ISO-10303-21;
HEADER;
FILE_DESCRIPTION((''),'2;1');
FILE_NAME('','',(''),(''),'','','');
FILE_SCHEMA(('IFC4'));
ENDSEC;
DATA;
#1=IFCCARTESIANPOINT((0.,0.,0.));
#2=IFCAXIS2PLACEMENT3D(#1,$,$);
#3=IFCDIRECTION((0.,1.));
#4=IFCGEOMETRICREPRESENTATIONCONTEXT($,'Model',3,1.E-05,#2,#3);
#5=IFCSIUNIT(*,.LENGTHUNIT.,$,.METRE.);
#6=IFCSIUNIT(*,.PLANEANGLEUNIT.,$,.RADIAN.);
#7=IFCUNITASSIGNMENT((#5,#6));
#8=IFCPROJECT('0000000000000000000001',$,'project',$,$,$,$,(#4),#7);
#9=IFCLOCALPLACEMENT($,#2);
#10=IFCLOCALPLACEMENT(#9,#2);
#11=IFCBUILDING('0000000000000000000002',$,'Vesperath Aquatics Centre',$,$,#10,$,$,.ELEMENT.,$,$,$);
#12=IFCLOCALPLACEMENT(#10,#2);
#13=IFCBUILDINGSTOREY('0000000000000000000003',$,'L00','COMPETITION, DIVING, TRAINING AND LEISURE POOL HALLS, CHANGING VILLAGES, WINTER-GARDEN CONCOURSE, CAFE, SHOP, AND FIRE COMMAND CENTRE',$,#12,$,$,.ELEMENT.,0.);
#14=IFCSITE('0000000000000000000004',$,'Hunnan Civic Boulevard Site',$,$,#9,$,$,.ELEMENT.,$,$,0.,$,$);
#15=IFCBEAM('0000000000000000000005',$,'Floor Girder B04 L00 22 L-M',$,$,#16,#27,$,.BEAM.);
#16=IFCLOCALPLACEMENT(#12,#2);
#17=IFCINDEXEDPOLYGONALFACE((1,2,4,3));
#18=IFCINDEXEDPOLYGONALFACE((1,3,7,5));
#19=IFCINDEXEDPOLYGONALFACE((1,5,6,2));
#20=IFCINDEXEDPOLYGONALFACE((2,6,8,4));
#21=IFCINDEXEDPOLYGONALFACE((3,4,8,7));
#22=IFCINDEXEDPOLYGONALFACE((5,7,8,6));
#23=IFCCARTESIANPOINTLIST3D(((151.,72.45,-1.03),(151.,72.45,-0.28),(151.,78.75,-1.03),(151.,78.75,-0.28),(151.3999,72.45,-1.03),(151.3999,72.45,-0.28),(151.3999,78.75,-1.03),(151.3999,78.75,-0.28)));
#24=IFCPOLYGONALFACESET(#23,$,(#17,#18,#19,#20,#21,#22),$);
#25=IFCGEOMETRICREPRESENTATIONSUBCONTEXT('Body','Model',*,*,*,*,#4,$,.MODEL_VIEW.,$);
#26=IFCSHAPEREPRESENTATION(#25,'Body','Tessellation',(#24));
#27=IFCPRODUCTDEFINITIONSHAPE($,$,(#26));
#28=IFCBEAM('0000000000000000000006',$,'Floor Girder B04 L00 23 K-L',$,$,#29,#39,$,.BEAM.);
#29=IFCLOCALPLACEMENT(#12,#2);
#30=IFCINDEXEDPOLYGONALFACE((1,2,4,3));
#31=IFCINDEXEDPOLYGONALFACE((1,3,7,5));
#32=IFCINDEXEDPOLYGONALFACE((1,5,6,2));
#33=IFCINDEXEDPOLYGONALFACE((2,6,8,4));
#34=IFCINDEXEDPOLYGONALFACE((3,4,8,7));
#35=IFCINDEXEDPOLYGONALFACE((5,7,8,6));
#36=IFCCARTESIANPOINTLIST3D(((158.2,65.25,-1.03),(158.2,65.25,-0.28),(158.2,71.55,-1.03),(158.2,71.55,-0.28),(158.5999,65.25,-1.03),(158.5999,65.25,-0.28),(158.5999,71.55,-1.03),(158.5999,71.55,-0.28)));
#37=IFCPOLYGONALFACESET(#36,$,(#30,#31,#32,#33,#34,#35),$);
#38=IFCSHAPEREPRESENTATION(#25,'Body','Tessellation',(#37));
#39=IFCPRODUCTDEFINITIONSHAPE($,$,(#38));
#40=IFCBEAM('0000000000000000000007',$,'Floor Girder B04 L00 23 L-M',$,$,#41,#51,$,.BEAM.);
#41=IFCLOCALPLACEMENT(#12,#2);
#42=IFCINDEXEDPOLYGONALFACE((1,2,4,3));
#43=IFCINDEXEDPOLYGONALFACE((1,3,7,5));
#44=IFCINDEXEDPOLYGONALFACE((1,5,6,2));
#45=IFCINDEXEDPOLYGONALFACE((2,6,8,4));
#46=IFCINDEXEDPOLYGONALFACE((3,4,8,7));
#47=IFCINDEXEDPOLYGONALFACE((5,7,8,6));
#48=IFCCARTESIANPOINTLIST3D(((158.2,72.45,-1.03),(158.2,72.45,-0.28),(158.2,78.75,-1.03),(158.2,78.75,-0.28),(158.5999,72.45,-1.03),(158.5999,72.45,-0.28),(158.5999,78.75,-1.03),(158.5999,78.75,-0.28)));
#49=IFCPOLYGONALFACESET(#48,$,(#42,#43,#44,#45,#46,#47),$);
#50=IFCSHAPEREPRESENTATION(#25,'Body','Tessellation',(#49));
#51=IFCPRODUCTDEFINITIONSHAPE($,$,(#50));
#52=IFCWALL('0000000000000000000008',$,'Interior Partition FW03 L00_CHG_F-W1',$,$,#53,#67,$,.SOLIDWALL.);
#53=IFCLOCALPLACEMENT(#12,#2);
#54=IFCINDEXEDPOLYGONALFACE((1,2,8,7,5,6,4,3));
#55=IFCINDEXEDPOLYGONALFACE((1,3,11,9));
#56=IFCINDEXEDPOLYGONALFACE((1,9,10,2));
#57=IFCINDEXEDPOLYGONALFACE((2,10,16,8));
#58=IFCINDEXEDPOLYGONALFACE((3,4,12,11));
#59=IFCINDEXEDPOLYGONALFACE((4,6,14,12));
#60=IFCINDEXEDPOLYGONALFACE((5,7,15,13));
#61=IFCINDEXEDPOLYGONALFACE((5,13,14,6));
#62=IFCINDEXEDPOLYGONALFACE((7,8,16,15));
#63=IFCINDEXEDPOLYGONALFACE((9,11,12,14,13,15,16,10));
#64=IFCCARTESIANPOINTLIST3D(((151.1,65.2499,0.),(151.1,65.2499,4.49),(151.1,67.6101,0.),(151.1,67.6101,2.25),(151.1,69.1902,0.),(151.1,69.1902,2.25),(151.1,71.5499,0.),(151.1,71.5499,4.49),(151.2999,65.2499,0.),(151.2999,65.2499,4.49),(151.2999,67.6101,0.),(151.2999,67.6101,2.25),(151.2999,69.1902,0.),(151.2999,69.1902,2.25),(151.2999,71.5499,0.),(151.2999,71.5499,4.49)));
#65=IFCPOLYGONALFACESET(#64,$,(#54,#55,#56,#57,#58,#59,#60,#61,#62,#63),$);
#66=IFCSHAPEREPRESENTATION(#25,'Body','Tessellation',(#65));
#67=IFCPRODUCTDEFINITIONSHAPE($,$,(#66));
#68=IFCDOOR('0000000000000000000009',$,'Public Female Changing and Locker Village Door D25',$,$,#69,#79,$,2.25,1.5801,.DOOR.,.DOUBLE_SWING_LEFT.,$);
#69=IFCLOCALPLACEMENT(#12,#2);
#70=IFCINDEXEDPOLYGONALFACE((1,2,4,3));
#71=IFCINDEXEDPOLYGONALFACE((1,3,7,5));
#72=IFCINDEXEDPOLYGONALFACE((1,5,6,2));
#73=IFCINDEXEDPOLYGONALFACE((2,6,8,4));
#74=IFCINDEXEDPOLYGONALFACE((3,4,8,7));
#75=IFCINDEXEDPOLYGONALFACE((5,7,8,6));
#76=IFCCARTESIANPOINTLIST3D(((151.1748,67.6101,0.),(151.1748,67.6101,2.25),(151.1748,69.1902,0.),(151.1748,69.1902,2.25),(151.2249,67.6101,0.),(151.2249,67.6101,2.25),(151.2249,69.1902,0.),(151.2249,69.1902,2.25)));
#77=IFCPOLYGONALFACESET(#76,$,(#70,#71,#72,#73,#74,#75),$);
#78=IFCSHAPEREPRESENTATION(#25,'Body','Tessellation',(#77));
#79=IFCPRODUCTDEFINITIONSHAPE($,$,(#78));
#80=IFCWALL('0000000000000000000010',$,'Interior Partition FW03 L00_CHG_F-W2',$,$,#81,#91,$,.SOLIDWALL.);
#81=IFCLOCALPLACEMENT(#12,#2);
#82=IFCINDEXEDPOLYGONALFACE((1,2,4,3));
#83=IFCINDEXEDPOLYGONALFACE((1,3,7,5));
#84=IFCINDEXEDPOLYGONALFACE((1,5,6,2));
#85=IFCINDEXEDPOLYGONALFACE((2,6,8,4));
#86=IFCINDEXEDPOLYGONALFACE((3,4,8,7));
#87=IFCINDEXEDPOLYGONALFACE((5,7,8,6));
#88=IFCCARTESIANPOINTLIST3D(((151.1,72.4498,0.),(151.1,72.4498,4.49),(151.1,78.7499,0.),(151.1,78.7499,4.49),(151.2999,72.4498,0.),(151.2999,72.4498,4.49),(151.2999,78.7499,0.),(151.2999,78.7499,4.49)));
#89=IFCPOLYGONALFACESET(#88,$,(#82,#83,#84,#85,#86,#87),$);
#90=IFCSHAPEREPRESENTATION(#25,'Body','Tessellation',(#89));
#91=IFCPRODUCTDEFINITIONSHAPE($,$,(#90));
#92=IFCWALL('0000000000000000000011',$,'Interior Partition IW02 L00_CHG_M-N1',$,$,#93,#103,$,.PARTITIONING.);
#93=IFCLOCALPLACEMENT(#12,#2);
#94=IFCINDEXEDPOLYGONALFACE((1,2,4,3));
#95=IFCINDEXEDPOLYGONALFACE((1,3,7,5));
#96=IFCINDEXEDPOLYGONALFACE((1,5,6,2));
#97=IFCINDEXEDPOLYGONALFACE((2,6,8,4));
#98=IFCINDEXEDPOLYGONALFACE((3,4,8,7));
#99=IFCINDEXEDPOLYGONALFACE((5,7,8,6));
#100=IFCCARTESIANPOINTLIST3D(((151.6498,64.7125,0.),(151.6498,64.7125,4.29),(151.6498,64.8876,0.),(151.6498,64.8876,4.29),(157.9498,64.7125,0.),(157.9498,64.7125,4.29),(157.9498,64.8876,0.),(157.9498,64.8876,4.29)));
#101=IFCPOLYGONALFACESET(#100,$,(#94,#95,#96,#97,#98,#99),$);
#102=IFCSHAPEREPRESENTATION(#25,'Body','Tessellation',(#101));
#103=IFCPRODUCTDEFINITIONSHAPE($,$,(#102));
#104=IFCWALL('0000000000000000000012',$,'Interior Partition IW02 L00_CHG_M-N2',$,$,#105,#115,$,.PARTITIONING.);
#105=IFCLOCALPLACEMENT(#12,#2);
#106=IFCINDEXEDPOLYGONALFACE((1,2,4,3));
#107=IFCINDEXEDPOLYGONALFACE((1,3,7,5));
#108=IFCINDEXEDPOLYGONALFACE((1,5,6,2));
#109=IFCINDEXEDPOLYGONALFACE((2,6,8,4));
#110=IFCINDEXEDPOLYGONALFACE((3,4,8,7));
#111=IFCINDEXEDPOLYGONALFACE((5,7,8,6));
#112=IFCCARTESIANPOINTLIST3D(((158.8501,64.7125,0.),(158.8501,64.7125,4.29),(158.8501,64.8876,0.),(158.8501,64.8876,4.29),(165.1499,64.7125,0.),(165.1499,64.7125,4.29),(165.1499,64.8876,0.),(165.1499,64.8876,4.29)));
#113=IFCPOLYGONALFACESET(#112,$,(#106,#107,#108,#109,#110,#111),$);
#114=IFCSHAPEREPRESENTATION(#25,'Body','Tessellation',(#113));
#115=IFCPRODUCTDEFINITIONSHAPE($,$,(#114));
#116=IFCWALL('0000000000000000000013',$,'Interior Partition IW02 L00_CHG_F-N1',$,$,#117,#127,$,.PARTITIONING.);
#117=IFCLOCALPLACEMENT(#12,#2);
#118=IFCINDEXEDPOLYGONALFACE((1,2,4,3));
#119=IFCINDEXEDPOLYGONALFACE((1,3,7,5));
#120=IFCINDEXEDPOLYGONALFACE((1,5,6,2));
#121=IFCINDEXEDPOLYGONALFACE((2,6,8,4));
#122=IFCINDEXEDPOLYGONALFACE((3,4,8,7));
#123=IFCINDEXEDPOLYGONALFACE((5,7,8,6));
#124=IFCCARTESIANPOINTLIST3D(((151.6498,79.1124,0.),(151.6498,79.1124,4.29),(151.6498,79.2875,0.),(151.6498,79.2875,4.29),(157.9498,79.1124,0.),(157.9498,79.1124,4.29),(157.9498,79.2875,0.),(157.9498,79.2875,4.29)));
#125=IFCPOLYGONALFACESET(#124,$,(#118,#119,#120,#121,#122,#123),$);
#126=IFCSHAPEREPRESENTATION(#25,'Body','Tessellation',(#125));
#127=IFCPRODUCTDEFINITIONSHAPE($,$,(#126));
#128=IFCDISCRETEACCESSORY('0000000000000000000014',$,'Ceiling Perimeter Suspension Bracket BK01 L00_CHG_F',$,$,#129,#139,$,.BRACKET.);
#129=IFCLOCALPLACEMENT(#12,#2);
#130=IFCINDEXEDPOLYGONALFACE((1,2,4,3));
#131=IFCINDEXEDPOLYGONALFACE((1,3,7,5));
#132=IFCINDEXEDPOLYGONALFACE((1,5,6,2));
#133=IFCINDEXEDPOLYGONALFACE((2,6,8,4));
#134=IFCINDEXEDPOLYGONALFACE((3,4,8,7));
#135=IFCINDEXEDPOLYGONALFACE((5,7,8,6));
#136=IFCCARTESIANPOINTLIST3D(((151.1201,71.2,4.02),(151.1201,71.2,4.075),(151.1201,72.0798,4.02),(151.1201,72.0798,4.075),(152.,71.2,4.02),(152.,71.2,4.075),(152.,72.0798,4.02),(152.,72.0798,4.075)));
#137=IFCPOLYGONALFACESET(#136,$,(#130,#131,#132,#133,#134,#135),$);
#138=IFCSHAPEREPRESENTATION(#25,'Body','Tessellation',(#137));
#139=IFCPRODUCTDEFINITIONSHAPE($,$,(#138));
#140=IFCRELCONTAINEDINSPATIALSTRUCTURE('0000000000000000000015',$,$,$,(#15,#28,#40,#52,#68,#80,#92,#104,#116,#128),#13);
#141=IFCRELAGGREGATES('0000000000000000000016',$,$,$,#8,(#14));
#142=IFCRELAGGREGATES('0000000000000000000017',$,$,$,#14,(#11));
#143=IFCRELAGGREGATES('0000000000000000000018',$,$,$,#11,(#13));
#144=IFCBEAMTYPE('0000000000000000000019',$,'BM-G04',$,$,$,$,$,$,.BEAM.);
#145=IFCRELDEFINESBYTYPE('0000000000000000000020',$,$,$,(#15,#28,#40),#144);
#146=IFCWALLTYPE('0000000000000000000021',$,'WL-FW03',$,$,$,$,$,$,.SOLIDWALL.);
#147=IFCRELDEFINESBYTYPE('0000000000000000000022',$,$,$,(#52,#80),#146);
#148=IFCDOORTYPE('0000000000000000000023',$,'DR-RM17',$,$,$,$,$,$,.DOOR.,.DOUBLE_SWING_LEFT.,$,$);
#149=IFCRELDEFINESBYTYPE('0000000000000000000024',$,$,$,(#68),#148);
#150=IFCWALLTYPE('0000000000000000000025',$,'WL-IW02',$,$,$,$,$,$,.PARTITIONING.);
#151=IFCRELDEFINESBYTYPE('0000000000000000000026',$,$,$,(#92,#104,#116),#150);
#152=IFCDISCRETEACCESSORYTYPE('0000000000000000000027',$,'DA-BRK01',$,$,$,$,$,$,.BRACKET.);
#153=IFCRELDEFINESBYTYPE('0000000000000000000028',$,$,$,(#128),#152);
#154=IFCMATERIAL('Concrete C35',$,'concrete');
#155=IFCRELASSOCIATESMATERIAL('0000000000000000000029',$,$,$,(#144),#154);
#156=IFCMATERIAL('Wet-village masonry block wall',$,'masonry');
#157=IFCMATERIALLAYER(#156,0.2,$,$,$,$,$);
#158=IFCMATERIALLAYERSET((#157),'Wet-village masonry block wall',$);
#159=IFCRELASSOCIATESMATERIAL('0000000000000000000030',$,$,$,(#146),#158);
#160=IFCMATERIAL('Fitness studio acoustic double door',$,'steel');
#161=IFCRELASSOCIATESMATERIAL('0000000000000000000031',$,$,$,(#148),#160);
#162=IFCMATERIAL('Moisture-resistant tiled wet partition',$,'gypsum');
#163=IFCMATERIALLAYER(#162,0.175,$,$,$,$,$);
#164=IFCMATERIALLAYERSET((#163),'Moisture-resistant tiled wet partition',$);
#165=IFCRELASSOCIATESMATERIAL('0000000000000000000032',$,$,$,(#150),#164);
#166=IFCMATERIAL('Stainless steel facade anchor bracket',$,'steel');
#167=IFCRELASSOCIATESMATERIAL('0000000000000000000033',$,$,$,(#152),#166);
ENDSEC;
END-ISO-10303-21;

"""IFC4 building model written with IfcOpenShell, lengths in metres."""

from ifc_helpers import new_model, si_unit, direction, frame, frame_2d, origin, origin_2d, place, context, subcontext, project, spatial, rectangle, extrude, material, layer, layer_set, material_profile, profile_set, type_object, element, fill, save


model = new_model("IFC4")

# Units and contexts
model_context = context("Model", 3, precision=1e-05, world=origin(), true_north=direction((0.0, 1.0)))
body_context = subcontext(model_context, "Body", "Model", "MODEL_VIEW")
ifc_project = project(units=[si_unit("LENGTHUNIT", "METRE"), si_unit("PLANEANGLEUNIT", "RADIAN")], contexts=[model_context])

# Site, building, storey
site_placement = place(None, origin())
site = spatial("IfcSite", under=ifc_project, at=site_placement, Name="Hunnan Civic Boulevard Site", CompositionType="ELEMENT", RefElevation=0.0)
building_placement = place(site_placement, origin())
building = spatial("IfcBuilding", under=site, at=building_placement, Name="Vesperath Aquatics Centre", CompositionType="ELEMENT")
storey_placement = place(building_placement, origin())
storey = spatial("IfcBuildingStorey", under=building, at=storey_placement, Name="L00", Description="COMPETITION, DIVING, TRAINING AND LEISURE POOL HALLS, CHANGING VILLAGES, WINTER-GARDEN CONCOURSE, CAFE, SHOP, AND FIRE COMMAND CENTRE", CompositionType="ELEMENT", Elevation=0.0)

# Beams
ifc_material_1 = material(Name="Concrete C35", Category="concrete")
ifc_material_profile_1 = material_profile(ifc_material_1, rectangle(XDim=0.3999, YDim=0.75, at=origin_2d()), Name="RC 400x750")
ifc_profile_set_1 = profile_set([ifc_material_profile_1], Name="Concrete C35")
beam_type_1 = type_object("IfcBeamType", Name="BM-G04", PredefinedType="BEAM", material=ifc_profile_set_1)
for number, where, z_axis, x_axis, name in (
    (1, (151.2, 72.45, -0.655), (0.0, 1.0, 0.0), (-1.0, 0.0, 0.0), "Floor Girder B04 L00 22 L-M"),
    (2, (158.3999, 65.25, -0.655), (0.0, 1.0, 0.0), (-1.0, 0.0, 0.0), "Floor Girder B04 L00 23 K-L"),
    (3, (158.3999, 72.45, -0.655), (0.0, 1.0, 0.0), (-1.0, 0.0, 0.0), "Floor Girder B04 L00 23 L-M"),
):
    element("IfcBeam", number, at=place(storey_placement, frame(where, z_axis=z_axis, x_axis=x_axis)), inside=storey, type_object=beam_type_1, Name=name, PredefinedType="BEAM", context=body_context, shape_type="SweptSolid", body=[
        extrude(rectangle(XDim=0.3999, YDim=0.75, at=origin_2d()), origin(), (0.0, 0.0, 1.0), 6.3),
    ])

# Wall, opening, door
ifc_material_2 = material(Name="Wet-village masonry block wall", Category="masonry")
ifc_layer_1 = layer(ifc_material_2, 0.2)
ifc_layer_set_1 = layer_set([ifc_layer_1], Name="Wet-village masonry block wall")
wall_type_1 = type_object("IfcWallType", Name="WL-FW03", PredefinedType="SOLIDWALL", material=ifc_layer_set_1)
wall_1_placement = place(storey_placement, frame((151.2, 65.25, 0.0), z_axis=(0.0, 0.0, 1.0), x_axis=(0.0, 1.0, 0.0)))
wall_1 = element("IfcWall", 4, at=wall_1_placement, inside=storey, type_object=wall_type_1, Name="Interior Partition FW03 L00_CHG_F-W1", PredefinedType="SOLIDWALL", context=body_context, shape_type="SweptSolid", body=[
    extrude(rectangle(XDim=6.3, YDim=0.2, at=frame_2d((3.1499, 0.0))), origin(), (0.0, 0.0, 1.0), 4.49),
])
opening_placement = place(wall_1_placement, frame((2.3601, 0.0, 0.0)))
opening = element("IfcOpeningElement", 5, at=opening_placement, cuts=wall_1, PredefinedType="OPENING", context=body_context, shape_type="SweptSolid", body=[
    extrude(rectangle(XDim=1.5801, YDim=2.25, at=frame_2d((0.79, 1.125))), frame((0.0, 0.1147, 0.0), z_axis=(0.0, -1.0, 0.0), x_axis=(1.0, 0.0, 0.0)), (0.0, 0.0, 1.0), 0.2297),
])
ifc_material_3 = material(Name="Fitness studio acoustic double door", Category="steel")
door_type = type_object("IfcDoorType", Name="DR-RM17", OperationType="DOUBLE_SWING_LEFT", PredefinedType="DOOR", material=ifc_material_3)
door_placement = place(opening_placement, frame((1.5801, 0.0, 0.0), z_axis=(0.0, 0.0, 1.0), x_axis=(-1.0, 0.0, 0.0)))
door = element("IfcDoor", 6, at=door_placement, inside=storey, type_object=door_type, Name="Public Female Changing and Locker Village Door D25", OperationType="DOUBLE_SWING_LEFT", OverallHeight=2.25, OverallWidth=1.5801, PredefinedType="DOOR", context=body_context, shape_type="SweptSolid", body=[
    extrude(rectangle(XDim=1.5801, YDim=2.25, at=frame_2d((0.79, 1.125))), frame((0.0, 0.0249, 0.0), z_axis=(0.0, -1.0, 0.0), x_axis=(1.0, 0.0, 0.0)), (0.0, 0.0, 1.0), 0.05),
])
fill(opening, door)

# Walls
wall_2_placement = place(storey_placement, frame((151.2, 72.45, 0.0), z_axis=(0.0, 0.0, 1.0), x_axis=(0.0, 1.0, 0.0)))
element("IfcWall", 7, at=wall_2_placement, inside=storey, type_object=wall_type_1, Name="Interior Partition FW03 L00_CHG_F-W2", PredefinedType="SOLIDWALL", context=body_context, shape_type="SweptSolid", body=[
    extrude(rectangle(XDim=6.3, YDim=0.2, at=frame_2d((3.1499, 0.0))), origin(), (0.0, 0.0, 1.0), 4.49),
])
ifc_material_4 = material(Name="Moisture-resistant tiled wet partition", Category="gypsum")
ifc_layer_2 = layer(ifc_material_4, 0.175)
ifc_layer_set_2 = layer_set([ifc_layer_2], Name="Moisture-resistant tiled wet partition")
wall_type_2 = type_object("IfcWallType", Name="WL-IW02", PredefinedType="PARTITIONING", material=ifc_layer_set_2)
wall_3_placement = place(storey_placement, frame((151.6499, 64.8, 0.0), z_axis=(0.0, 0.0, 1.0), x_axis=(1.0, 0.0, 0.0)))
element("IfcWall", 8, at=wall_3_placement, inside=storey, type_object=wall_type_2, Name="Interior Partition IW02 L00_CHG_M-N1", PredefinedType="PARTITIONING", context=body_context, shape_type="SweptSolid", body=[
    extrude(rectangle(XDim=6.3, YDim=0.175, at=frame_2d((3.1499, 0.0))), origin(), (0.0, 0.0, 1.0), 4.29),
])
wall_4_placement = place(storey_placement, frame((158.8501, 64.8, 0.0), z_axis=(0.0, 0.0, 1.0), x_axis=(1.0, 0.0, 0.0)))
element("IfcWall", 9, at=wall_4_placement, inside=storey, type_object=wall_type_2, Name="Interior Partition IW02 L00_CHG_M-N2", PredefinedType="PARTITIONING", context=body_context, shape_type="SweptSolid", body=[
    extrude(rectangle(XDim=6.2998, YDim=0.175, at=frame_2d((3.1499, 0.0))), origin(), (0.0, 0.0, 1.0), 4.29),
])
wall_5_placement = place(storey_placement, frame((151.6499, 79.2, 0.0), z_axis=(0.0, 0.0, 1.0), x_axis=(1.0, 0.0, 0.0)))
element("IfcWall", 10, at=wall_5_placement, inside=storey, type_object=wall_type_2, Name="Interior Partition IW02 L00_CHG_F-N1", PredefinedType="PARTITIONING", context=body_context, shape_type="SweptSolid", body=[
    extrude(rectangle(XDim=6.3, YDim=0.175, at=frame_2d((3.1499, 0.0))), origin(), (0.0, 0.0, 1.0), 4.29),
])

# Discrete accessory
ifc_material_5 = material(Name="Stainless steel facade anchor bracket", Category="steel")
discrete_accessory_type = type_object("IfcDiscreteAccessoryType", Name="DA-BRK01", PredefinedType="BRACKET", material=ifc_material_5)
discrete_accessory_placement = place(storey_placement, frame((151.5601, 71.6399, 4.02), z_axis=(0.0, 0.0, 1.0), x_axis=(1.0, 0.0, 0.0)))
element("IfcDiscreteAccessory", 11, at=discrete_accessory_placement, inside=storey, type_object=discrete_accessory_type, Name="Ceiling Perimeter Suspension Bracket BK01 L00_CHG_F", PredefinedType="BRACKET", context=body_context, shape_type="SweptSolid", body=[
    extrude(rectangle(XDim=0.8799, YDim=0.8799, at=origin_2d()), origin(), (0.0, 0.0, 1.0), 0.0549),
])

save(model, "model.ifc")
